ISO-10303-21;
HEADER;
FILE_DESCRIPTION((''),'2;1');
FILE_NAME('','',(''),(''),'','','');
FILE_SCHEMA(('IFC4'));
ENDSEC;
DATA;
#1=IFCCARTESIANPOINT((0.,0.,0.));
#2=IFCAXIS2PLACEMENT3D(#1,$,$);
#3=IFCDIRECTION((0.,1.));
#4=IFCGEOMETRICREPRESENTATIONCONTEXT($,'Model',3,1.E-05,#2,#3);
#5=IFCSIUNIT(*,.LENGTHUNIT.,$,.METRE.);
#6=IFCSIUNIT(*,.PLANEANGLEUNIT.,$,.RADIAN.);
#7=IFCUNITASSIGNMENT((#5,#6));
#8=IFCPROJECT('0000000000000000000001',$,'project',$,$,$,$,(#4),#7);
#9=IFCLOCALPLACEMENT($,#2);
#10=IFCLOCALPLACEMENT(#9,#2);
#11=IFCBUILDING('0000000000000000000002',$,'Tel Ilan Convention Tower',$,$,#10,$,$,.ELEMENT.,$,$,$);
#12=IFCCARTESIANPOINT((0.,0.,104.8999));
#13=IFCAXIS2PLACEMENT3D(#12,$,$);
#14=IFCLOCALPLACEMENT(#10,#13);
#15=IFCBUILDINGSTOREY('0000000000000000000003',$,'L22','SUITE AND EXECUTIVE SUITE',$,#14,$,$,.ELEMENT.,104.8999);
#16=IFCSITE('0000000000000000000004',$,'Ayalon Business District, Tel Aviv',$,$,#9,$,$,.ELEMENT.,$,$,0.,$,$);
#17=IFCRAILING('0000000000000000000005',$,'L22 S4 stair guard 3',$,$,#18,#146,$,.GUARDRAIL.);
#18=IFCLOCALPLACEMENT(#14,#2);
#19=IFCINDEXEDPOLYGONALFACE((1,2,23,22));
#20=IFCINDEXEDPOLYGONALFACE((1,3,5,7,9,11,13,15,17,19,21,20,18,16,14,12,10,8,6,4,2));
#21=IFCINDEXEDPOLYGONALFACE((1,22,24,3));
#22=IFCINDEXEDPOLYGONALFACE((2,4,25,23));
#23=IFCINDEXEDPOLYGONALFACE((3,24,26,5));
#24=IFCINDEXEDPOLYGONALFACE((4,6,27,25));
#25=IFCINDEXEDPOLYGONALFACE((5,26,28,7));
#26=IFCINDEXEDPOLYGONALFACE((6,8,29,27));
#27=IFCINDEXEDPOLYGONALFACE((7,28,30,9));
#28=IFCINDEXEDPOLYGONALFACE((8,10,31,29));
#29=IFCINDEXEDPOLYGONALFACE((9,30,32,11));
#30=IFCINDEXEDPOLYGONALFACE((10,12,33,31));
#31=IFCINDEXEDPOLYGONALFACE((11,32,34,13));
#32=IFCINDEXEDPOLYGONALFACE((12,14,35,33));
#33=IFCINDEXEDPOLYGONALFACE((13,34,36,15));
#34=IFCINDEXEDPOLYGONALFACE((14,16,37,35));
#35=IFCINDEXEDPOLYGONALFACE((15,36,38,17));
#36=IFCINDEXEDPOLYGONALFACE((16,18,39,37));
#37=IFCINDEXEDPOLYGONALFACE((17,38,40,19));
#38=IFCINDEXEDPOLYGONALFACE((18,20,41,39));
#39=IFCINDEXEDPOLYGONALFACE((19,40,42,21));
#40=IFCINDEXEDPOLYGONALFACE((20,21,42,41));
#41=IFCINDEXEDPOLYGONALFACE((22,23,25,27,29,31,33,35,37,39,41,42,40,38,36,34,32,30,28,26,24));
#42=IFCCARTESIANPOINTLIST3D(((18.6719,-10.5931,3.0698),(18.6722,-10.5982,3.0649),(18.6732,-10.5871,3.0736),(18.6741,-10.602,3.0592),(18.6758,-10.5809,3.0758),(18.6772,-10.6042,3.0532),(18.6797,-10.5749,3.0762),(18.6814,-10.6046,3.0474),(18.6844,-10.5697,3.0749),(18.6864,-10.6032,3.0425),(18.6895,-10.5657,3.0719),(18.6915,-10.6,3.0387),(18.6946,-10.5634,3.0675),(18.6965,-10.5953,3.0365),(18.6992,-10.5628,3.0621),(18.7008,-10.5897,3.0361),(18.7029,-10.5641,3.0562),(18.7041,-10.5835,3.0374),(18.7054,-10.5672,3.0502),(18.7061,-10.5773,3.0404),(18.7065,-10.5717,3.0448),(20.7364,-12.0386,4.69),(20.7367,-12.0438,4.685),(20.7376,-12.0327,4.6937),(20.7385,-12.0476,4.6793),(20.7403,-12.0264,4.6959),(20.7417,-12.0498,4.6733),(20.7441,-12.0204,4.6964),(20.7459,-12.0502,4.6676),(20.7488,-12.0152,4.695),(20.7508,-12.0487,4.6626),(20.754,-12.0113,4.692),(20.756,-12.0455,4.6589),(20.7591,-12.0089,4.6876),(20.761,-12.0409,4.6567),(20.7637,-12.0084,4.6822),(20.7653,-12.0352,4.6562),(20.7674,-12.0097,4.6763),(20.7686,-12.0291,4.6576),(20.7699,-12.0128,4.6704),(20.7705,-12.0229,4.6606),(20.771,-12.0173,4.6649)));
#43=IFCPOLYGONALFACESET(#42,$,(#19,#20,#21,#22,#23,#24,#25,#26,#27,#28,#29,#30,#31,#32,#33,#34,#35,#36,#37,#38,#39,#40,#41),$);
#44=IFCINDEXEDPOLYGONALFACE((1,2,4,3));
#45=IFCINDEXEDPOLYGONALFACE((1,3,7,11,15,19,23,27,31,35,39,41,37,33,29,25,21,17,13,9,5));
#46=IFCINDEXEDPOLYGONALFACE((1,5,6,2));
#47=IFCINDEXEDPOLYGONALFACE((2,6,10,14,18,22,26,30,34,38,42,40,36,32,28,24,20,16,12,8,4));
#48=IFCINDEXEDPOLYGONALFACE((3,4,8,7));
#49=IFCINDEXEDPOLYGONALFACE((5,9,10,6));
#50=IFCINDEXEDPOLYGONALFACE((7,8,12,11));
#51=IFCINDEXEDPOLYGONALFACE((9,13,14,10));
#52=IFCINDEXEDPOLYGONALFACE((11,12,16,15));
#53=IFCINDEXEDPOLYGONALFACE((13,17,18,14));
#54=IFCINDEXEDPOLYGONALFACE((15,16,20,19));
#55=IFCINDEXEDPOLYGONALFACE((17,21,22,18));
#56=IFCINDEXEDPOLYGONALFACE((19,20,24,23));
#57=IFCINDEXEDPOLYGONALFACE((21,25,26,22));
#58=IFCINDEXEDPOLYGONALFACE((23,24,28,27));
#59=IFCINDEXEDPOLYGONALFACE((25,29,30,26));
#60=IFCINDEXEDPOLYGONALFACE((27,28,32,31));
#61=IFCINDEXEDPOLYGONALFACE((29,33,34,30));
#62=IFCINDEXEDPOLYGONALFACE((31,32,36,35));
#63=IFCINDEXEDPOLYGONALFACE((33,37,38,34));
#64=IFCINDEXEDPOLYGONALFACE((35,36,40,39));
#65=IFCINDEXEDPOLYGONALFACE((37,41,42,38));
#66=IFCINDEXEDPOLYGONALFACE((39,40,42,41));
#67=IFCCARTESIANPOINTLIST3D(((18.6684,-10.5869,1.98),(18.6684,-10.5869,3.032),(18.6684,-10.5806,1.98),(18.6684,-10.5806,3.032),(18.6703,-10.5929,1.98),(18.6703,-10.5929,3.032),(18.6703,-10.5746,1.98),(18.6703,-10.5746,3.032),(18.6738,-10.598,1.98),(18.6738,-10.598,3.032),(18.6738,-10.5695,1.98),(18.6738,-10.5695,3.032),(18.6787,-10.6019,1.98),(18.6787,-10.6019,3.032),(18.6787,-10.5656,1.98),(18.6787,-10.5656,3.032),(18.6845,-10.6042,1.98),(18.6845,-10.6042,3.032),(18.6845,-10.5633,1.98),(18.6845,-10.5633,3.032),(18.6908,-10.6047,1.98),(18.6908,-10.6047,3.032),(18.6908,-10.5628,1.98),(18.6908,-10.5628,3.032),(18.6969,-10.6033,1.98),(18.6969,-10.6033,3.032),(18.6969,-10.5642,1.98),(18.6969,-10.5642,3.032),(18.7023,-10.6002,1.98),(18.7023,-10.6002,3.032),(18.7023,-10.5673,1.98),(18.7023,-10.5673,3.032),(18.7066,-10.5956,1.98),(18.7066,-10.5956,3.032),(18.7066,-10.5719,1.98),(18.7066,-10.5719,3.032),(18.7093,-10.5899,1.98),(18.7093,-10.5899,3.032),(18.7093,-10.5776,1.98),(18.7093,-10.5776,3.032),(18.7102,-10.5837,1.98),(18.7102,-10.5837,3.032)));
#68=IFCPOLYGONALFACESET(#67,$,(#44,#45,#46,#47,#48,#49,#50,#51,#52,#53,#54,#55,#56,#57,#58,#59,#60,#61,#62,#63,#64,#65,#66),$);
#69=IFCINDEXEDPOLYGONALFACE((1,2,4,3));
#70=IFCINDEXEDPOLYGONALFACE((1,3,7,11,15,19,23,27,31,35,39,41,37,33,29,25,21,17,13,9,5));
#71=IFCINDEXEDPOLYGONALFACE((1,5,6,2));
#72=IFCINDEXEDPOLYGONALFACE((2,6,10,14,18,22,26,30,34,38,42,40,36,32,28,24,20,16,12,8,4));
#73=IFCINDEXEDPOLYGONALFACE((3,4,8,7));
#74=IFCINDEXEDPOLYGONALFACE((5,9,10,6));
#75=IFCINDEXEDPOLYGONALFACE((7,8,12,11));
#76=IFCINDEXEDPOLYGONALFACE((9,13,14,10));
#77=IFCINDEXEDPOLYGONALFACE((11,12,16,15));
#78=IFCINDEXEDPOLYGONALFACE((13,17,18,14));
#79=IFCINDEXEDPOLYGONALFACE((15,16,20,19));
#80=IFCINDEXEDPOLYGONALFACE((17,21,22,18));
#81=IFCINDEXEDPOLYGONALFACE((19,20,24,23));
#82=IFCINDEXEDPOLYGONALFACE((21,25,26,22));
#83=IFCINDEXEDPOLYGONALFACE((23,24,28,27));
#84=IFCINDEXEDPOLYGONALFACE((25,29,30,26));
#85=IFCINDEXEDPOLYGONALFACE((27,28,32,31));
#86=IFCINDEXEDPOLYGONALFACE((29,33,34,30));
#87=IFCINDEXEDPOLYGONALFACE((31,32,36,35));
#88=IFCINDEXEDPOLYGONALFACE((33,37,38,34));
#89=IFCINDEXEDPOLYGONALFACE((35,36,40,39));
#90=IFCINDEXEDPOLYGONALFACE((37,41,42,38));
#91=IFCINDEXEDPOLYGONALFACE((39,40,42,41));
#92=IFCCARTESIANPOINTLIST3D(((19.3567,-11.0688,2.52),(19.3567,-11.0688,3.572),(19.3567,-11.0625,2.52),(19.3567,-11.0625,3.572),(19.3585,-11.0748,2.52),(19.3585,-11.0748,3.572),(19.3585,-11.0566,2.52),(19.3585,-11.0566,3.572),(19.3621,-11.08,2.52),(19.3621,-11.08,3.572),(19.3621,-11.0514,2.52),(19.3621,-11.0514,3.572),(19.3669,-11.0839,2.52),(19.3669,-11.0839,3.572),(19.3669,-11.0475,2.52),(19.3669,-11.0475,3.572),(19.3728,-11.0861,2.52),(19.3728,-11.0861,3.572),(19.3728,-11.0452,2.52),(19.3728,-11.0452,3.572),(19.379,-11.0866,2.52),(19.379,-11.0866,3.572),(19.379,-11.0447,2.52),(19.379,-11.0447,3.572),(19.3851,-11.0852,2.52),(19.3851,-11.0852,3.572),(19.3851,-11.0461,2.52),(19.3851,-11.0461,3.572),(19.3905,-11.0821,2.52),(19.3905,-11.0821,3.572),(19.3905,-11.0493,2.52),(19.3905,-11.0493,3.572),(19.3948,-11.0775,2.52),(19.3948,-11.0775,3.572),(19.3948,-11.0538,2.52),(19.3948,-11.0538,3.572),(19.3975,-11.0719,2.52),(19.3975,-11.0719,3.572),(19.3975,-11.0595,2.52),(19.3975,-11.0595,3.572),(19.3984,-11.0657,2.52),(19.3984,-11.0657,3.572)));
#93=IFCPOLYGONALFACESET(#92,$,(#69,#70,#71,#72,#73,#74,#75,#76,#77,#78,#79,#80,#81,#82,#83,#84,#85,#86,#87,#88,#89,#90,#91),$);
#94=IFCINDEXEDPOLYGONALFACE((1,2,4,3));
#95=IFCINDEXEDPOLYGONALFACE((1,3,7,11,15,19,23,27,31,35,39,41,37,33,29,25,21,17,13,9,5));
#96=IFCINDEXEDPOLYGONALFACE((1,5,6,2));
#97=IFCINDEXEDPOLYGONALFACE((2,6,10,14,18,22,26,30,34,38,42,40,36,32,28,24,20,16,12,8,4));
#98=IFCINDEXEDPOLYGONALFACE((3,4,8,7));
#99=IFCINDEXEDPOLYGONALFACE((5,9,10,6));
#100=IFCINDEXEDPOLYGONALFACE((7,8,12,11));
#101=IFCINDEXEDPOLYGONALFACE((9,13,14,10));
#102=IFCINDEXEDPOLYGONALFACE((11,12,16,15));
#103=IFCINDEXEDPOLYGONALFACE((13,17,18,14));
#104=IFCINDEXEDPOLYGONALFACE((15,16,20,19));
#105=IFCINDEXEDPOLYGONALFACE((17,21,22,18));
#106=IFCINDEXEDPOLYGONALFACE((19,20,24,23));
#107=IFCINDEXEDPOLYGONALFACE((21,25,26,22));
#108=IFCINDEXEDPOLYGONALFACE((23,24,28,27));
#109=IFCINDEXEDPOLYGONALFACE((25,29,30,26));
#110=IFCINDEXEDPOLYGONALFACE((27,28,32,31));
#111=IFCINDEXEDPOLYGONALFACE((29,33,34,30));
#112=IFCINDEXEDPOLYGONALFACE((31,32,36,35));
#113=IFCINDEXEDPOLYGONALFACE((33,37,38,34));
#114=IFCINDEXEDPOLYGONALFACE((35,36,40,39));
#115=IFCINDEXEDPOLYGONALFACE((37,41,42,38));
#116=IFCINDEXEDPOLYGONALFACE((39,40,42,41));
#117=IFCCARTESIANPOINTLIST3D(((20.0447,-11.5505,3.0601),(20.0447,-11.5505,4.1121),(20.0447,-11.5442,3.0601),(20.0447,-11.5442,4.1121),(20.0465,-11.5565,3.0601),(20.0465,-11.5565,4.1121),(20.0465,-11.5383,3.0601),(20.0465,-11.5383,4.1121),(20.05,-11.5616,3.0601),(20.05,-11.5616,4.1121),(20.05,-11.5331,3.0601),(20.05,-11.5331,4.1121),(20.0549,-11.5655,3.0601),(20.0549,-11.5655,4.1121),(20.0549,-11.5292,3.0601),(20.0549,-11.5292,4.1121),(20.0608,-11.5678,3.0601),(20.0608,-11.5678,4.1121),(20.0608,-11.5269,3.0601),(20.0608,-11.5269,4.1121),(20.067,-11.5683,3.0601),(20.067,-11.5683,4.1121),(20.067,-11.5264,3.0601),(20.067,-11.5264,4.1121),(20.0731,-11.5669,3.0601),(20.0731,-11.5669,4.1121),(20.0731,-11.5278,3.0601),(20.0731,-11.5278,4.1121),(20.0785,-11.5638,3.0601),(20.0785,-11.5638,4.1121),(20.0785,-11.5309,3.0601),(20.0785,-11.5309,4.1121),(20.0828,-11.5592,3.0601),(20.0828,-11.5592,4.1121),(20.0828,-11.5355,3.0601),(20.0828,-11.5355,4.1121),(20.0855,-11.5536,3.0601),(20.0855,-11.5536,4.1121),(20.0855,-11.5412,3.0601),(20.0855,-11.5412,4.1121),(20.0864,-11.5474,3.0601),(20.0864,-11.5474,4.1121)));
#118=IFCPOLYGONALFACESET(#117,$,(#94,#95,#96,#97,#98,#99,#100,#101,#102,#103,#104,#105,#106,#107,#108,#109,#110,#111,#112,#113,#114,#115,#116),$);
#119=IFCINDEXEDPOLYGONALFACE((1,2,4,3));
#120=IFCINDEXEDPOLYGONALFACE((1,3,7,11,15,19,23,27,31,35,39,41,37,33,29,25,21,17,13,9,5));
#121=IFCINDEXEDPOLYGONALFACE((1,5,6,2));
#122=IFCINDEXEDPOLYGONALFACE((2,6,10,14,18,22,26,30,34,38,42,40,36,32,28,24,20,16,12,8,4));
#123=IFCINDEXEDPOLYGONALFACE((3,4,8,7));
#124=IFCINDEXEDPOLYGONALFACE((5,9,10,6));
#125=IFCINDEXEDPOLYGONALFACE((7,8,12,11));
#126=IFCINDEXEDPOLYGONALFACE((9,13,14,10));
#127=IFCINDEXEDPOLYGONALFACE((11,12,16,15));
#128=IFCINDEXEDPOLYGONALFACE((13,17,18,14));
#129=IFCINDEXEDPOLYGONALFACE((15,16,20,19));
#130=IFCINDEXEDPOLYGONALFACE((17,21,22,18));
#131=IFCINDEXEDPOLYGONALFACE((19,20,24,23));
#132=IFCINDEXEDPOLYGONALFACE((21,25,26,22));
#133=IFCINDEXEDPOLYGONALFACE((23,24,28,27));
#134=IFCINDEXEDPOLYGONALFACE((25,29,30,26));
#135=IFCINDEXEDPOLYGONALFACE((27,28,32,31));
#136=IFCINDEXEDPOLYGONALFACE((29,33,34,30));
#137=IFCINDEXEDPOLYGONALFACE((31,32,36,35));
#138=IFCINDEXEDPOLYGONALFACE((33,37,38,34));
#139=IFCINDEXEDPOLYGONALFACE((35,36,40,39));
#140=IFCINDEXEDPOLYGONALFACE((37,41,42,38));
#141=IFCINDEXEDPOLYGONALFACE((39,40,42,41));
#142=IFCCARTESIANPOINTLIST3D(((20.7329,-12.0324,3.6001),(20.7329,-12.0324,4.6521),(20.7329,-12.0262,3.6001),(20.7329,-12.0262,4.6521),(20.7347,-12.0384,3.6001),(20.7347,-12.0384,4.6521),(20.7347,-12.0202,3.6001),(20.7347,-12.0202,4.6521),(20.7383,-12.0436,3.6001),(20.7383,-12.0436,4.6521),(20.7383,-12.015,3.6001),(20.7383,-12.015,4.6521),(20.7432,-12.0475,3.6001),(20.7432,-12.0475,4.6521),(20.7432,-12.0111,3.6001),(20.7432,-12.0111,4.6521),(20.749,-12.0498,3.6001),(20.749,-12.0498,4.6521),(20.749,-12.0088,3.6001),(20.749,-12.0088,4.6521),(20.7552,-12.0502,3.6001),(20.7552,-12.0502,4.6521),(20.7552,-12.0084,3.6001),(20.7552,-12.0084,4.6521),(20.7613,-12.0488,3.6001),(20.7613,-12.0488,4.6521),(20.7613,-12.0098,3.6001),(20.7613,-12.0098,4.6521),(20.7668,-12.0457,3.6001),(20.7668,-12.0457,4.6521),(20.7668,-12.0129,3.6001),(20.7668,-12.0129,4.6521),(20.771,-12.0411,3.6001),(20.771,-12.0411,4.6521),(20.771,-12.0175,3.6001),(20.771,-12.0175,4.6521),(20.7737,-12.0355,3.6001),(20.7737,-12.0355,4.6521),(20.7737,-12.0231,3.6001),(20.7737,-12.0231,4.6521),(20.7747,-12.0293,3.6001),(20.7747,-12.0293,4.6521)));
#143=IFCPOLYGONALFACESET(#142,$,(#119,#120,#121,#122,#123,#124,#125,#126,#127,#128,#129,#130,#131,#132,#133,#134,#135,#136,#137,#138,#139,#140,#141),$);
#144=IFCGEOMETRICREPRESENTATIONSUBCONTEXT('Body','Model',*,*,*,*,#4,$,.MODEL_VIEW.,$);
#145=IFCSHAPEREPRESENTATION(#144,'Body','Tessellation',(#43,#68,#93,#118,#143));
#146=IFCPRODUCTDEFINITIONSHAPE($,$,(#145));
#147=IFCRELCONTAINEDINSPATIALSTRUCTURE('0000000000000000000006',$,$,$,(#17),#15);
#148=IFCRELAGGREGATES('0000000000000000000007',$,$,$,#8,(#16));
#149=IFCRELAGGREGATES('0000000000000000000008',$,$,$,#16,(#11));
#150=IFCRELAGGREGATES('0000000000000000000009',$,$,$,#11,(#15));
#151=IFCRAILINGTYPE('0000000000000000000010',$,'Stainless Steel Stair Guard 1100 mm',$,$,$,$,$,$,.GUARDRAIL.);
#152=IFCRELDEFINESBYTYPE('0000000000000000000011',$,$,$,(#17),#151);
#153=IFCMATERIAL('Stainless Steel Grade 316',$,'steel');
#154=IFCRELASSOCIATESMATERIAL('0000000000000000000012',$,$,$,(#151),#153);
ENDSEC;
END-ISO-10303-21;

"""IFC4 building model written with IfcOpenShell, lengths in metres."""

from ifc_helpers import new_model, si_unit, direction, frame, origin, origin_2d, place, context, subcontext, project, spatial, circle, extrude, material, type_object, element, save


model = new_model("IFC4")

# Units and contexts
model_context = context("Model", 3, precision=1e-05, world=origin(), true_north=direction((0.0, 1.0)))
body_context = subcontext(model_context, "Body", "Model", "MODEL_VIEW")
ifc_project = project(units=[si_unit("LENGTHUNIT", "METRE"), si_unit("PLANEANGLEUNIT", "RADIAN")], contexts=[model_context])

# Site, building, storey
site_placement = place(None, origin())
site = spatial("IfcSite", under=ifc_project, at=site_placement, Name="Ayalon Business District, Tel Aviv", CompositionType="ELEMENT", RefElevation=0.0)
building_placement = place(site_placement, origin())
building = spatial("IfcBuilding", under=site, at=building_placement, Name="Tel Ilan Convention Tower", CompositionType="ELEMENT")
storey_placement = place(building_placement, frame((0.0, 0.0, 104.8999)))
storey = spatial("IfcBuildingStorey", under=building, at=storey_placement, Name="L22", Description="SUITE AND EXECUTIVE SUITE", CompositionType="ELEMENT", Elevation=104.8999)

# Railing
ifc_material_1 = material(Name="Stainless Steel Grade 316", Category="steel")
railing_type_1 = type_object("IfcRailingType", Name="Stainless Steel Stair Guard 1100 mm", PredefinedType="GUARDRAIL", material=ifc_material_1)
railing_1_placement = place(storey_placement, frame((18.6892, -10.5837, 1.98)))
element("IfcRailing", 1, at=railing_1_placement, inside=storey, type_object=railing_type_1, Name="L22 S4 stair guard 3", PredefinedType="GUARDRAIL", context=body_context, shape_type="SweptSolid", body=[
    extrude(circle(Radius=0.0239, at=origin_2d()), frame((0.0, 0.0, 1.0762), z_axis=(0.689056, -0.482486, 0.540749), x_axis=(0.573579, 0.81915, 0.0)), (0.0, 0.0, 1.0), 2.9961),
    extrude(circle(Radius=0.021, at=origin_2d()), origin(), (0.0, 0.0, 1.0), 1.052),
    extrude(circle(Radius=0.021, at=origin_2d()), frame((0.6882, -0.4819, 0.54)), (0.0, 0.0, 1.0), 1.052),
    extrude(circle(Radius=0.021, at=origin_2d()), frame((1.3762, -0.9636, 1.0801)), (0.0, 0.0, 1.0), 1.052),
    extrude(circle(Radius=0.021, at=origin_2d()), frame((2.0645, -1.4456, 1.6201)), (0.0, 0.0, 1.0), 1.052),
])

save(model, "model.ifc")
